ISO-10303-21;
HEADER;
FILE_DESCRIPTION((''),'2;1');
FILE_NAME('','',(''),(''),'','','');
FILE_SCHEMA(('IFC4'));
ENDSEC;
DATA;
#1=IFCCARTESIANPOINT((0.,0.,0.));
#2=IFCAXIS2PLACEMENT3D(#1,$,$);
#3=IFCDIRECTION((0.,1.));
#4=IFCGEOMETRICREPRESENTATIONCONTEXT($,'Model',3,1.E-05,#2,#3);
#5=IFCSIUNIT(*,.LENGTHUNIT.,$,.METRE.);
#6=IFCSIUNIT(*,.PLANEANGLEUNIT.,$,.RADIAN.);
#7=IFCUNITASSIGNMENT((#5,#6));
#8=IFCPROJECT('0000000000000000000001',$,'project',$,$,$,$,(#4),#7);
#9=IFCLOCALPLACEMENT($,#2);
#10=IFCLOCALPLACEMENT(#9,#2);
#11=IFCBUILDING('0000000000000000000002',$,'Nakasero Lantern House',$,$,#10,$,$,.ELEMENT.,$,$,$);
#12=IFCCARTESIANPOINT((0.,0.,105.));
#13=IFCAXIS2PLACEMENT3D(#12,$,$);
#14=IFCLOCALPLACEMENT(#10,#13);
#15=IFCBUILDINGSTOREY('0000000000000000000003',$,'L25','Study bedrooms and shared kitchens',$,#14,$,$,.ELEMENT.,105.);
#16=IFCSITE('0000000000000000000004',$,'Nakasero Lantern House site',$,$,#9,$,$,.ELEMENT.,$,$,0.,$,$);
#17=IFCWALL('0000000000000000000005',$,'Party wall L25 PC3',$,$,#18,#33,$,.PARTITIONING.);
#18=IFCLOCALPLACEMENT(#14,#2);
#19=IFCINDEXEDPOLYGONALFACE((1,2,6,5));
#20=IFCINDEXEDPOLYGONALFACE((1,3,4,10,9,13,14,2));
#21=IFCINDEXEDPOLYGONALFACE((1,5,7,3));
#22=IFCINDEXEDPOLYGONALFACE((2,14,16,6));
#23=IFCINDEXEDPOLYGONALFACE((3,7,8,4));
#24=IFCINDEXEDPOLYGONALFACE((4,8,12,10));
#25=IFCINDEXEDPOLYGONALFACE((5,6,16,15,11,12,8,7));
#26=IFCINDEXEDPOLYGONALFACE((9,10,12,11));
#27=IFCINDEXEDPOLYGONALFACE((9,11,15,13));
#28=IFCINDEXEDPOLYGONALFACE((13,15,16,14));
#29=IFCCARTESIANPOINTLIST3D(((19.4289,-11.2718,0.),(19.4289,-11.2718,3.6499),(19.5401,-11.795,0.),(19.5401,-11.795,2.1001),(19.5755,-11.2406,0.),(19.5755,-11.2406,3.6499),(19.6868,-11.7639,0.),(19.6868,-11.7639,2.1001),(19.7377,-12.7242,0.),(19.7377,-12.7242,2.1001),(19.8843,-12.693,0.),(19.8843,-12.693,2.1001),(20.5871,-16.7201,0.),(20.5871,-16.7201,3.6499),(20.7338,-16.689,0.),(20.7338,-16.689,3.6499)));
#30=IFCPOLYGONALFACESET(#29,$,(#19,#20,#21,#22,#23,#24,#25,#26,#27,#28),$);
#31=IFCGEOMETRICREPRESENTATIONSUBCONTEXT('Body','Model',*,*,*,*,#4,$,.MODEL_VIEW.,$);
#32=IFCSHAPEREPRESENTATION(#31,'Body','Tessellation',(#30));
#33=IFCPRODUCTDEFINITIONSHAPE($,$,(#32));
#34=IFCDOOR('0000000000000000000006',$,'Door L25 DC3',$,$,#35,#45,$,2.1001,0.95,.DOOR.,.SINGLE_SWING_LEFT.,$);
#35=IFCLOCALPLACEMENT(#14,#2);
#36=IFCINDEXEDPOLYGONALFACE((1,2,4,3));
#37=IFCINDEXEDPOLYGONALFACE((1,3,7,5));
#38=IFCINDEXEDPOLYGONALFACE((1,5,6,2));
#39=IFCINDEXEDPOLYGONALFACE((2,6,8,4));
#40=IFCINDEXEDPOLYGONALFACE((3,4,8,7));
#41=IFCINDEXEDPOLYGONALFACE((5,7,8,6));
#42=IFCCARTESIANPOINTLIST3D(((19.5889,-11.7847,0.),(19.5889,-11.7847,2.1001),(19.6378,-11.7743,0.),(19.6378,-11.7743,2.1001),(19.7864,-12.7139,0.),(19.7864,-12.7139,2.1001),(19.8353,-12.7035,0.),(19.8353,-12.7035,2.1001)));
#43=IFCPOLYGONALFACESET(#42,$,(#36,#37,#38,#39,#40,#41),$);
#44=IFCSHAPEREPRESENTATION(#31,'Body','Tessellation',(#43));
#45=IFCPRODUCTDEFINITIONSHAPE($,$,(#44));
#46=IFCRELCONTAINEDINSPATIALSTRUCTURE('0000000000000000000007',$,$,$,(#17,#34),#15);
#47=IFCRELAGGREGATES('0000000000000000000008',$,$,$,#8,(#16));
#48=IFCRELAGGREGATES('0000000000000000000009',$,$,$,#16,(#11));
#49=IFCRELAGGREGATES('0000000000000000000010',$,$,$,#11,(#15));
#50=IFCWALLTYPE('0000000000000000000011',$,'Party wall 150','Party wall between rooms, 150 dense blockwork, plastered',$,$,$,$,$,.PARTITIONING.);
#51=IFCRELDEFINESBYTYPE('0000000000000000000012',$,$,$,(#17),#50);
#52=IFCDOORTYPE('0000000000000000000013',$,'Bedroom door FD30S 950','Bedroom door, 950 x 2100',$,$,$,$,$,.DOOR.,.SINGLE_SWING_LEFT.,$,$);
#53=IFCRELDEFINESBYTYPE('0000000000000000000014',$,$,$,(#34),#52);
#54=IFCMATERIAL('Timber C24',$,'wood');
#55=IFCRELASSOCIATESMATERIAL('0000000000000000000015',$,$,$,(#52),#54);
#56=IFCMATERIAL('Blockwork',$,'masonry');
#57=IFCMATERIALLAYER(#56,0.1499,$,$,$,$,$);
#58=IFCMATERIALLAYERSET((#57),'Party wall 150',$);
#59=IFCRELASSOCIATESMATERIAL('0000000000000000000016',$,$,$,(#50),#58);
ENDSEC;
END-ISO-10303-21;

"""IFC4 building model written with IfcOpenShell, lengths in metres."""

from ifc_helpers import new_model, si_unit, direction, frame, frame_2d, origin, place, context, subcontext, project, spatial, rectangle, extrude, material, layer, layer_set, type_object, element, fill, save


model = new_model("IFC4")

# Units and contexts
model_context = context("Model", 3, precision=1e-05, world=origin(), true_north=direction((0.0, 1.0)))
body_context = subcontext(model_context, "Body", "Model", "MODEL_VIEW")
ifc_project = project(units=[si_unit("LENGTHUNIT", "METRE"), si_unit("PLANEANGLEUNIT", "RADIAN")], contexts=[model_context])

# Site, building, storey
site_placement = place(None, origin())
site = spatial("IfcSite", under=ifc_project, at=site_placement, Name="Nakasero Lantern House site", CompositionType="ELEMENT", RefElevation=0.0)
building_placement = place(site_placement, origin())
building = spatial("IfcBuilding", under=site, at=building_placement, Name="Nakasero Lantern House", CompositionType="ELEMENT")
storey_placement = place(building_placement, frame((0.0, 0.0, 105.0)))
storey = spatial("IfcBuildingStorey", under=building, at=storey_placement, Name="L25", Description="Study bedrooms and shared kitchens", CompositionType="ELEMENT", Elevation=105.0)

# Shared definitions
ifc_material_1 = material(Name="Timber C24", Category="wood")
door_type_1 = type_object("IfcDoorType", Name="Bedroom door FD30S 950", Description="Bedroom door, 950 x 2100", OperationType="SINGLE_SWING_LEFT", PredefinedType="DOOR", material=ifc_material_1)

# Wall, opening, door
ifc_material_2 = material(Name="Blockwork", Category="masonry")
ifc_layer_1 = layer(ifc_material_2, 0.1499)
ifc_layer_set_1 = layer_set([ifc_layer_1], Name="Party wall 150")
wall_type_1 = type_object("IfcWallType", Name="Party wall 150", Description="Party wall between rooms, 150 dense blockwork, plastered", PredefinedType="PARTITIONING", material=ifc_layer_set_1)
wall_1_placement = place(storey_placement, frame((19.5022, -11.2561, 0.0), z_axis=(0.0, 0.0, 1.0), x_axis=(0.207936, -0.978142, 0.0)))
wall_1 = element("IfcWall", 1, at=wall_1_placement, inside=storey, type_object=wall_type_1, Name="Party wall L25 PC3", PredefinedType="PARTITIONING", context=body_context, shape_type="SweptSolid", body=[
    extrude(rectangle(XDim=5.5701, YDim=0.1499, at=frame_2d((2.7852, 0.0))), origin(), (0.0, 0.0, 1.0), 3.6499),
])
opening_1_placement = place(wall_1_placement, frame((0.5349, 0.0, 0.0)))
opening_1 = element("IfcOpeningElement", 2, at=opening_1_placement, cuts=wall_1, PredefinedType="OPENING", context=body_context, shape_type="SweptSolid", body=[
    extrude(rectangle(XDim=0.95, YDim=2.1001, at=frame_2d((0.4751, 1.05))), frame((0.0, 0.095, 0.0), z_axis=(0.0, -1.0, 0.0), x_axis=(1.0, 0.0, 0.0)), (0.0, 0.0, 1.0), 0.1899),
])
door_1_placement = place(opening_1_placement, origin())
door_1 = element("IfcDoor", 3, at=door_1_placement, inside=storey, type_object=door_type_1, Name="Door L25 DC3", OperationType="SINGLE_SWING_LEFT", OverallHeight=2.1001, OverallWidth=0.95, PredefinedType="DOOR", context=body_context, shape_type="SweptSolid", body=[
    extrude(rectangle(XDim=0.95, YDim=2.1001, at=frame_2d((0.4751, 1.05))), frame((0.0, 0.0249, 0.0), z_axis=(0.0, -1.0, 0.0), x_axis=(1.0, 0.0, 0.0)), (0.0, 0.0, 1.0), 0.05),
])
fill(opening_1, door_1)

save(model, "model.ifc")
